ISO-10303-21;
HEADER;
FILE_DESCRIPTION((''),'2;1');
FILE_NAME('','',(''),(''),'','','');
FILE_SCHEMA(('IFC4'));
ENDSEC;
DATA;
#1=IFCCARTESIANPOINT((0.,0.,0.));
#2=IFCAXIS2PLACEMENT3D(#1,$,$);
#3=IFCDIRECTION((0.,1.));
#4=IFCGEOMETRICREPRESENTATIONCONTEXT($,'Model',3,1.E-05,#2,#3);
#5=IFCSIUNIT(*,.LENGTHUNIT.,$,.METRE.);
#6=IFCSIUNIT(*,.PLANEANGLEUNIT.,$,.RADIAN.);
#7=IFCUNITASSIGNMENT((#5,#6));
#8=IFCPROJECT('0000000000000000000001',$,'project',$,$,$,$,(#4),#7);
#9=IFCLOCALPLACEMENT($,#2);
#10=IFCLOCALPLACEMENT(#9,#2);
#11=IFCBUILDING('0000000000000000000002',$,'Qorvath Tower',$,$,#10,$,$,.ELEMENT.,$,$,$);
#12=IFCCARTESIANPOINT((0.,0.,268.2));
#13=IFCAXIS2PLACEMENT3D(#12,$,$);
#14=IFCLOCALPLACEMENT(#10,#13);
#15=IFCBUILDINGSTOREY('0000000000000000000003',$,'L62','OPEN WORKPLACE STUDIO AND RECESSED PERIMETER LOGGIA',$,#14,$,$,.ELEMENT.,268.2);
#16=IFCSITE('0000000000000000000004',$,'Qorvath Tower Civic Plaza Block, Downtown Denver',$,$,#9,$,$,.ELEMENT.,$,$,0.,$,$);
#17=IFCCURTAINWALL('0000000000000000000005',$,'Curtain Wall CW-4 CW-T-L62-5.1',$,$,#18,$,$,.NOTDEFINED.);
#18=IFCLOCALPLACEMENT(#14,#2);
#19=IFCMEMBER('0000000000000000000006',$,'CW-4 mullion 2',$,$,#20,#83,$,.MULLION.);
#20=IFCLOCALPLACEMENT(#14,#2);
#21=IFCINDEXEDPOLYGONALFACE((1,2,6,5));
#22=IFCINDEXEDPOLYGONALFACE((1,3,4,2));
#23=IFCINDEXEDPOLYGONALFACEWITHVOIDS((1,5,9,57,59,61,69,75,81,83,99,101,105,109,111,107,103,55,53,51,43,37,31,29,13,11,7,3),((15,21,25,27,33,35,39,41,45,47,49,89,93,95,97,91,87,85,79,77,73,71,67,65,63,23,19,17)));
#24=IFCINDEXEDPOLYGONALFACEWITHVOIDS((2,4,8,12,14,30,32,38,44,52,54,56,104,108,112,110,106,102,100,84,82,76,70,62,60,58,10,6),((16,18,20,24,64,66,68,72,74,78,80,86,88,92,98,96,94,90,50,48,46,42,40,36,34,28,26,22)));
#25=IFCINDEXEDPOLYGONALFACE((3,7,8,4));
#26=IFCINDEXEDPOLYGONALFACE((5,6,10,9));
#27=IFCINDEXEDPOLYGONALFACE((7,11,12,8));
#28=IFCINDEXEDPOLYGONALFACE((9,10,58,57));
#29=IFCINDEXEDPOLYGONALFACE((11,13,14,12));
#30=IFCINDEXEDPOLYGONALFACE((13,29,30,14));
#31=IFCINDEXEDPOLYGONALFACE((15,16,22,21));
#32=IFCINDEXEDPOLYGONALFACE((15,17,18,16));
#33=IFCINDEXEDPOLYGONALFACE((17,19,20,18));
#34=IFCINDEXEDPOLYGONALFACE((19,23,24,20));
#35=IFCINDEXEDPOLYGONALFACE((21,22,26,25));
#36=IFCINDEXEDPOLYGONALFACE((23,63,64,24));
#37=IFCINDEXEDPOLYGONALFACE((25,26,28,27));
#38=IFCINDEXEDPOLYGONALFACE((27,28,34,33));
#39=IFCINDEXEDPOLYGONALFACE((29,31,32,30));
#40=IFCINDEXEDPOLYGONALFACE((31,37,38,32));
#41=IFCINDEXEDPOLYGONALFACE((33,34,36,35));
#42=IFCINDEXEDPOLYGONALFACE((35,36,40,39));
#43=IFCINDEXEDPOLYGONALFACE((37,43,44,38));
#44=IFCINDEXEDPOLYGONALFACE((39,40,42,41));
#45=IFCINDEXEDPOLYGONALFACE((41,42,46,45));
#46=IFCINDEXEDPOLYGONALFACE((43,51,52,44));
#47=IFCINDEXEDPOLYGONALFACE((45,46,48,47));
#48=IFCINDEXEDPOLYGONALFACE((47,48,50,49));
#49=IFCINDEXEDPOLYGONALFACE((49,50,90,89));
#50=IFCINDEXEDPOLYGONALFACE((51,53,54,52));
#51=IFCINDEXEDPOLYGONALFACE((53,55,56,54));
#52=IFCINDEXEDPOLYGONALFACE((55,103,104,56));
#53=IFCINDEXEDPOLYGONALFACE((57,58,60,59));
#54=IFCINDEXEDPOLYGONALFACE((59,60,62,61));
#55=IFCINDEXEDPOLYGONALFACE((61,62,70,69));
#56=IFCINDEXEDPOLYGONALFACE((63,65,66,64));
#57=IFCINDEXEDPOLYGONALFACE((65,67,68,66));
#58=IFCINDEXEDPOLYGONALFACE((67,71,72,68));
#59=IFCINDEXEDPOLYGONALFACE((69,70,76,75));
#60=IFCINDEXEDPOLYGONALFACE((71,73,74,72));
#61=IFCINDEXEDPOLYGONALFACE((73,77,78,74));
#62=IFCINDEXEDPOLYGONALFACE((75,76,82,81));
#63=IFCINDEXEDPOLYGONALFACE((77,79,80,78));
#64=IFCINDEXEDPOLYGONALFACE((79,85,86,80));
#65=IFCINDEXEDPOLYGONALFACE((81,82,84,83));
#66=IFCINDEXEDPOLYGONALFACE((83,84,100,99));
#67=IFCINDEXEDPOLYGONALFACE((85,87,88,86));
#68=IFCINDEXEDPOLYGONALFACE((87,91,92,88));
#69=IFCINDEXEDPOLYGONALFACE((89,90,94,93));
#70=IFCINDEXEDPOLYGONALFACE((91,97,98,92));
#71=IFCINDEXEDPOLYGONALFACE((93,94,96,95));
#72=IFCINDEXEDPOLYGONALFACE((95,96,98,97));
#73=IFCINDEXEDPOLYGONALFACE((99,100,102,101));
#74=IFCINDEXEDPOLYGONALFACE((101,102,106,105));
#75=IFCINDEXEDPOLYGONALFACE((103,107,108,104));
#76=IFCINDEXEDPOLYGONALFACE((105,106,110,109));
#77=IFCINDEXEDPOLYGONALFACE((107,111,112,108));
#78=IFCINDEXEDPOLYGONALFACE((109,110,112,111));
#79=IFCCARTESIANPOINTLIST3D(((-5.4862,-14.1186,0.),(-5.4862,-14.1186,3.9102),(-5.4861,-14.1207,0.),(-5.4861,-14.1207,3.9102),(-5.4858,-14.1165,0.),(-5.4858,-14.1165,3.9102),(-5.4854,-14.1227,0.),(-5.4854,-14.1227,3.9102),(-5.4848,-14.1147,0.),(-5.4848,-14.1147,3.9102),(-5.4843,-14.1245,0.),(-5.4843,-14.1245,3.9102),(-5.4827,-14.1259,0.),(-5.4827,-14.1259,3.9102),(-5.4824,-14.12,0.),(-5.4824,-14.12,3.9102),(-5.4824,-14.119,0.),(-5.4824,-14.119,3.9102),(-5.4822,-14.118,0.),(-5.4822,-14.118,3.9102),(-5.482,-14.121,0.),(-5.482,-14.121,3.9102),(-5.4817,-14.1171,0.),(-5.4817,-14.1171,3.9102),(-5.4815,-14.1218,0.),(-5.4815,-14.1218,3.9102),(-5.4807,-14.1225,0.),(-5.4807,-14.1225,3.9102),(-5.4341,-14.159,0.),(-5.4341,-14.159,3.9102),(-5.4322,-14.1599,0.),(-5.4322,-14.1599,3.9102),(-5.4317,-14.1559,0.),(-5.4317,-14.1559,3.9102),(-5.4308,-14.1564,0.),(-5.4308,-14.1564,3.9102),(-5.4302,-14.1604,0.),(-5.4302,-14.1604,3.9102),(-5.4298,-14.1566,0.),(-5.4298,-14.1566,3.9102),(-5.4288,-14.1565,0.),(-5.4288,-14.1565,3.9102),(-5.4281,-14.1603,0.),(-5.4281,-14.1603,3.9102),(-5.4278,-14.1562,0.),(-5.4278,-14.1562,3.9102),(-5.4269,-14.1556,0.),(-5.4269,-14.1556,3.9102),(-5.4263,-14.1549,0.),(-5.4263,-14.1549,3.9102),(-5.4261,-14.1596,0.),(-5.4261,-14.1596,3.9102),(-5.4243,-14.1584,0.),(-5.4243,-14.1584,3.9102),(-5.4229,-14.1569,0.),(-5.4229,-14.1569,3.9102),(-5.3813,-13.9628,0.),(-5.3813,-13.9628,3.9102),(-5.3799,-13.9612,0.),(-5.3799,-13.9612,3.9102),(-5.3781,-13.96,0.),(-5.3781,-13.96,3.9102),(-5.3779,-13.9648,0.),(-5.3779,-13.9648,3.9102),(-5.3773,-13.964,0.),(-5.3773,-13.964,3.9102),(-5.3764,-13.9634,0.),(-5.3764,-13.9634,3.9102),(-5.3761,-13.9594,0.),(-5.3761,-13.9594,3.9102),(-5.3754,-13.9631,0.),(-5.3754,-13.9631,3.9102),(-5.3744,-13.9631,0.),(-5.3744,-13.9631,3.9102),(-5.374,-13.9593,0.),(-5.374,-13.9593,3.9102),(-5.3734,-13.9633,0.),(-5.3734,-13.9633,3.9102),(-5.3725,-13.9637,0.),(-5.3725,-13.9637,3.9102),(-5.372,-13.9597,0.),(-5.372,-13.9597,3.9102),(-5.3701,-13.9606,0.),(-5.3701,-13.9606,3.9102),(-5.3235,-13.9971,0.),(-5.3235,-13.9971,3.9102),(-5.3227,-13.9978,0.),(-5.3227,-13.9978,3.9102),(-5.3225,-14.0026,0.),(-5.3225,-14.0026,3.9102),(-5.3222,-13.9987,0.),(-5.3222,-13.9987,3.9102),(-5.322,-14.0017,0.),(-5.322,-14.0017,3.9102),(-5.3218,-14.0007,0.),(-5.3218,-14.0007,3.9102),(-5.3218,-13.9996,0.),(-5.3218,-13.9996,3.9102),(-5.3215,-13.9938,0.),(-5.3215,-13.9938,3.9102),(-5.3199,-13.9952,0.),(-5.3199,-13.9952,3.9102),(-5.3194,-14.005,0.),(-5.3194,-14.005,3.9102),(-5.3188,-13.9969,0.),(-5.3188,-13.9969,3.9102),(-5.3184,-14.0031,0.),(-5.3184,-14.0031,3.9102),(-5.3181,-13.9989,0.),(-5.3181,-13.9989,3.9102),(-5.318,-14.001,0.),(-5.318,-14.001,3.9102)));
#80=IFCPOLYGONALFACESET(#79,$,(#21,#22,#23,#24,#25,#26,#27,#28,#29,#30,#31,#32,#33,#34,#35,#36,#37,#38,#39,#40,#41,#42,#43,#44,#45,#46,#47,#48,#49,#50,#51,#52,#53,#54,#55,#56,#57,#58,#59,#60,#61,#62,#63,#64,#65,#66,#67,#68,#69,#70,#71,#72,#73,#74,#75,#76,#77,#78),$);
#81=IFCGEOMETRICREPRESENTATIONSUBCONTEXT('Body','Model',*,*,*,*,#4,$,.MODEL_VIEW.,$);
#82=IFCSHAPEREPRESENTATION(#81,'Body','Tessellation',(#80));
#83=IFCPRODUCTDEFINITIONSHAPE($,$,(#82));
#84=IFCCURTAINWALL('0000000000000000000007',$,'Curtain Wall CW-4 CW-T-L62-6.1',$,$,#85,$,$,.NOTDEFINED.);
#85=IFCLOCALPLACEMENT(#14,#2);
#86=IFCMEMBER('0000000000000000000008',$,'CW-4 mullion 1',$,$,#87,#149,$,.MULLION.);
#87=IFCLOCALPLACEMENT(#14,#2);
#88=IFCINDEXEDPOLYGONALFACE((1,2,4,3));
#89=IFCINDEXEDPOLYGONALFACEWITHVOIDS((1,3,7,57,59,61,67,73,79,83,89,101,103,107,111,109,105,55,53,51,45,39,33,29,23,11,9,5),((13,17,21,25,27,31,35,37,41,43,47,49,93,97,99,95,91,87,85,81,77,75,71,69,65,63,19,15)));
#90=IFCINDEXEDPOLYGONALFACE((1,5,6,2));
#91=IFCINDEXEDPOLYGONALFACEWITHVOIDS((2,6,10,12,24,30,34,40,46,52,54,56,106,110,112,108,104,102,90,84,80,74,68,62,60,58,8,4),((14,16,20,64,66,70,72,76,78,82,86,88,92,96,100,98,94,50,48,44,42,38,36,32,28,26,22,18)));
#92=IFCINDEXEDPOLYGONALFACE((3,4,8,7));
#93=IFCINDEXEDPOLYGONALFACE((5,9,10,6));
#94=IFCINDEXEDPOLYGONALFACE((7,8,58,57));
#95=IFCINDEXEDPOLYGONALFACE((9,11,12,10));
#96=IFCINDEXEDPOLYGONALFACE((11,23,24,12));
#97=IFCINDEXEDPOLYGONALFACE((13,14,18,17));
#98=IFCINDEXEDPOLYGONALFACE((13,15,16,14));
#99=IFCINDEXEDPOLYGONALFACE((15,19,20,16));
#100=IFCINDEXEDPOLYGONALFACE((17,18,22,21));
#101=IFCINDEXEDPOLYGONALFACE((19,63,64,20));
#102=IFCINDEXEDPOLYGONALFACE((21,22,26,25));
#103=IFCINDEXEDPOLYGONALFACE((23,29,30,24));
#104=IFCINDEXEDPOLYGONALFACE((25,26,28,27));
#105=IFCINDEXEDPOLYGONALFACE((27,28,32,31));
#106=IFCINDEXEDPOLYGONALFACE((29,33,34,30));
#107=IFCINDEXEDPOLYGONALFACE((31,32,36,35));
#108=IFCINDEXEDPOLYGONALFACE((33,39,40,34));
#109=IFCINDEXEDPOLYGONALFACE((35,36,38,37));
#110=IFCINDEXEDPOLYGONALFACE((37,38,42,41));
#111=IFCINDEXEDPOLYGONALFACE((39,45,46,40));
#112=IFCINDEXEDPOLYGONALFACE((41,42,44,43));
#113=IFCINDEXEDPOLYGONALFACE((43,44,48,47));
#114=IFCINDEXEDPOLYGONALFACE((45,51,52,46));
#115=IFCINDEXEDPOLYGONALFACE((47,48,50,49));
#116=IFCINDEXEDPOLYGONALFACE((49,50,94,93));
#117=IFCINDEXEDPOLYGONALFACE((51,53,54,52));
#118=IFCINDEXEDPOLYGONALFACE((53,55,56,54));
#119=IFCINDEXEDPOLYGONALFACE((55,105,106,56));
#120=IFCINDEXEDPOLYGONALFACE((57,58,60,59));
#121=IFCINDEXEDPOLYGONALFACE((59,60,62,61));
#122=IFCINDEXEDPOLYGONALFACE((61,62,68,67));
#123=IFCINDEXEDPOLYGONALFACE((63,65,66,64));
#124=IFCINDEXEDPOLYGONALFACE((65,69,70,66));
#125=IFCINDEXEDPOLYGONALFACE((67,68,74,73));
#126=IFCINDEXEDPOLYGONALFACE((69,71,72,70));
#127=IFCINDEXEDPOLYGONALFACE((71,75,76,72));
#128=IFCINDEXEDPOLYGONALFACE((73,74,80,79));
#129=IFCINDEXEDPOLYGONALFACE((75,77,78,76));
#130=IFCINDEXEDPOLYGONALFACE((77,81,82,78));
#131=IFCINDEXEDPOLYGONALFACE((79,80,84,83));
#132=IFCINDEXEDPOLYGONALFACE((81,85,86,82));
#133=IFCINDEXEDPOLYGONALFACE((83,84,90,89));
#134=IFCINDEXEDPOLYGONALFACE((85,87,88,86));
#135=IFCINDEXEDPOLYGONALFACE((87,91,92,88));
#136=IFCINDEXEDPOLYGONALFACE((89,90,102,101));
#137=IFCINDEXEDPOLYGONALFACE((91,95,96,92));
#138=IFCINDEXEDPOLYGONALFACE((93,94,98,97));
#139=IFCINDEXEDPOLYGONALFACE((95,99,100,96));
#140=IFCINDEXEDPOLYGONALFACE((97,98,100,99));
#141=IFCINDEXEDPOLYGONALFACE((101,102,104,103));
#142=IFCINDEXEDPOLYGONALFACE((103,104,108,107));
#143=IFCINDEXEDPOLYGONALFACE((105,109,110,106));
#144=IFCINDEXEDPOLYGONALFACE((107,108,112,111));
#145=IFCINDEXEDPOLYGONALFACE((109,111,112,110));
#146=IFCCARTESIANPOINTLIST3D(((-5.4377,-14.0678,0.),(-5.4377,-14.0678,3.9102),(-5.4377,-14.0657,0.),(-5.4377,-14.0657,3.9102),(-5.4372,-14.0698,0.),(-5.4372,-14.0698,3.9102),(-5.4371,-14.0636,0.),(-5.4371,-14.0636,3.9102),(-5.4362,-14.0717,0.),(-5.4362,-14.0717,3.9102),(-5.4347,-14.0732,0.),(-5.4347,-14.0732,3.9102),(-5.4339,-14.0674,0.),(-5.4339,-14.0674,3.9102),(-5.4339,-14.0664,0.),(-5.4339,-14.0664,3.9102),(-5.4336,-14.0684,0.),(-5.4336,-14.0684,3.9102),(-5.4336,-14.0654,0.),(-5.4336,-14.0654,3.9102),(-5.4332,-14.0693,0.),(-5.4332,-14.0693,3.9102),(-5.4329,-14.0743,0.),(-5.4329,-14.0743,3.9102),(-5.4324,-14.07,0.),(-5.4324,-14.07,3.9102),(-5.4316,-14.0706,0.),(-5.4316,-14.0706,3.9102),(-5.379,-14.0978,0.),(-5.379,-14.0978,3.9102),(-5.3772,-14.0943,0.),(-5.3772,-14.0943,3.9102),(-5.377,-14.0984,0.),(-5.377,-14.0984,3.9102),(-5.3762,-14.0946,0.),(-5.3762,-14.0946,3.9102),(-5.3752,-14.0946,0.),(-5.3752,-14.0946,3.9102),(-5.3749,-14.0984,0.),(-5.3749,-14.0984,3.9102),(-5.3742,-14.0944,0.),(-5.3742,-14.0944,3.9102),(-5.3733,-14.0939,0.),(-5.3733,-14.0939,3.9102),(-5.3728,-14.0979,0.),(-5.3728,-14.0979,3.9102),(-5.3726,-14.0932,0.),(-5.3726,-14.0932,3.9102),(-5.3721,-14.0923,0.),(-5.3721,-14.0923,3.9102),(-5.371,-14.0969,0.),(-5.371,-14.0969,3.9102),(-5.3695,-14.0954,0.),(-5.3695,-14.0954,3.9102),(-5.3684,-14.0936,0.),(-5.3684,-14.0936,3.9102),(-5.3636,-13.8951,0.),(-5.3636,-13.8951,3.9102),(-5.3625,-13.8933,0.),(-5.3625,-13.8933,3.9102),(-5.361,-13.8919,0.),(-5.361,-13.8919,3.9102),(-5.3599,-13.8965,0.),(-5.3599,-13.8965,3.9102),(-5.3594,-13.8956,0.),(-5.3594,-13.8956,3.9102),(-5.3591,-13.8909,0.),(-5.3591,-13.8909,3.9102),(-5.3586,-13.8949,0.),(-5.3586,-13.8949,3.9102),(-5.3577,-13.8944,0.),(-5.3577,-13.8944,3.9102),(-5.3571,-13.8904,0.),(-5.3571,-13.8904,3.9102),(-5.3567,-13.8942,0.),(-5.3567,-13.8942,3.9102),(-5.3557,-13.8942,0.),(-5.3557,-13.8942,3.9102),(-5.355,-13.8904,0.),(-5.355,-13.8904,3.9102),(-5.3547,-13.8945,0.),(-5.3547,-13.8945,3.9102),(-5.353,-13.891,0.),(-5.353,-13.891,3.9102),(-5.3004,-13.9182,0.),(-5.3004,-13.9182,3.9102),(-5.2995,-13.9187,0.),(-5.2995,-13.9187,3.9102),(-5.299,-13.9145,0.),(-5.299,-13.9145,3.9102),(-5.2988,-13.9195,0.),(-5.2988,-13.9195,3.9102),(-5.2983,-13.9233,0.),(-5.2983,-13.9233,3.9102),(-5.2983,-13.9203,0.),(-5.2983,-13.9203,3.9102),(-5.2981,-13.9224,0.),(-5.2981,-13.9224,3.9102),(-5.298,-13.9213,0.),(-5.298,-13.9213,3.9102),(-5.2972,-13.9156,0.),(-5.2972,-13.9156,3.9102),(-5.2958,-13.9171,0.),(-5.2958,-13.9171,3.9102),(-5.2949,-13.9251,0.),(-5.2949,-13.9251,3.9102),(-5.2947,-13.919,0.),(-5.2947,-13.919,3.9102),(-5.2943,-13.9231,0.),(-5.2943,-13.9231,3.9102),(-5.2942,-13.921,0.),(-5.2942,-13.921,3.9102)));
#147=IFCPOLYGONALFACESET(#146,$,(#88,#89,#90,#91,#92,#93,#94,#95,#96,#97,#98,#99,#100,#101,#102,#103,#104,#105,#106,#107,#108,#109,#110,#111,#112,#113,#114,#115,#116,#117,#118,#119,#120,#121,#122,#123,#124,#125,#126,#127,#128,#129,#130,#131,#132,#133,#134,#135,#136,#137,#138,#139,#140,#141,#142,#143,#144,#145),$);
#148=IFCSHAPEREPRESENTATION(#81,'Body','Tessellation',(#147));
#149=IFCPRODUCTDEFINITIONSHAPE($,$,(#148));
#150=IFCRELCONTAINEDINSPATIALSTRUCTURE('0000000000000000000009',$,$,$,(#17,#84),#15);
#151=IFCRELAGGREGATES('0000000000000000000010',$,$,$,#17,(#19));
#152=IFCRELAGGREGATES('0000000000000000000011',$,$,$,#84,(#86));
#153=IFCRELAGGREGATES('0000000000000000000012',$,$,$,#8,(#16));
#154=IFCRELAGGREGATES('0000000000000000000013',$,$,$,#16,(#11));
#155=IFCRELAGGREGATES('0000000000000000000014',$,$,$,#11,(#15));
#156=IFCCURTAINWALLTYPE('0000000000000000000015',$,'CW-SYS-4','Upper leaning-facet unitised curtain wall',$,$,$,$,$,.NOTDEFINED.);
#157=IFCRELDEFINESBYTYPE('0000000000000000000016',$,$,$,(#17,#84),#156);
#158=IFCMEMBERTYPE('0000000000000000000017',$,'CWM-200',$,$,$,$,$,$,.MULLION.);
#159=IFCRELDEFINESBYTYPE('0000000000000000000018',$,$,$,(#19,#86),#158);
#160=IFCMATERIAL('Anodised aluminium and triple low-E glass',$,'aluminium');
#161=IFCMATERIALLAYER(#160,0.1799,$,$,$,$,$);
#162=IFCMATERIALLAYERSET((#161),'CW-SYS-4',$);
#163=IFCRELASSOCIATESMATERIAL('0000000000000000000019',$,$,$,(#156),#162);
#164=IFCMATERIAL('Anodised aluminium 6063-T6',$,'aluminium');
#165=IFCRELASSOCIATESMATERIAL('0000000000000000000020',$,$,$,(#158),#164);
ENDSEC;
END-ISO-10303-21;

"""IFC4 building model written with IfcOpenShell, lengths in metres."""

from ifc_helpers import new_model, si_unit, direction, frame, origin, origin_2d, place, context, subcontext, project, spatial, hollow_rectangle, extrude, material, layer, layer_set, material_profile, profile_set, type_object, element, aggregate, save


model = new_model("IFC4")

# Units and contexts
model_context = context("Model", 3, precision=1e-05, world=origin(), true_north=direction((0.0, 1.0)))
body_context = subcontext(model_context, "Body", "Model", "MODEL_VIEW")
ifc_project = project(units=[si_unit("LENGTHUNIT", "METRE"), si_unit("PLANEANGLEUNIT", "RADIAN")], contexts=[model_context])

# Site, building, storey
site_placement = place(None, origin())
site = spatial("IfcSite", under=ifc_project, at=site_placement, Name="Qorvath Tower Civic Plaza Block, Downtown Denver", CompositionType="ELEMENT", RefElevation=0.0)
building_placement = place(site_placement, origin())
building = spatial("IfcBuilding", under=site, at=building_placement, Name="Qorvath Tower", CompositionType="ELEMENT")
storey_placement = place(building_placement, frame((0.0, 0.0, 268.2)))
storey = spatial("IfcBuildingStorey", under=building, at=storey_placement, Name="L62", Description="OPEN WORKPLACE STUDIO AND RECESSED PERIMETER LOGGIA", CompositionType="ELEMENT", Elevation=268.2)

# Curtain wall, member
ifc_material_1 = material(Name="Anodised aluminium and triple low-E glass", Category="aluminium")
ifc_layer_1 = layer(ifc_material_1, 0.1799)
ifc_layer_set_1 = layer_set([ifc_layer_1], Name="CW-SYS-4")
curtain_wall_type = type_object("IfcCurtainWallType", Name="CW-SYS-4", Description="Upper leaning-facet unitised curtain wall", PredefinedType="NOTDEFINED", material=ifc_layer_set_1)
curtain_wall_1_placement = place(storey_placement, origin())
curtain_wall_1 = element("IfcCurtainWall", 1, at=curtain_wall_1_placement, inside=storey, type_object=curtain_wall_type, Name="Curtain Wall CW-4 CW-T-L62-5.1", PredefinedType="NOTDEFINED")
ifc_material_2 = material(Name="Anodised aluminium 6063-T6", Category="aluminium")
ifc_material_profile_1 = material_profile(ifc_material_2, hollow_rectangle(XDim=0.075, YDim=0.2, WallThickness=0.0039, InnerFilletRadius=0.0039, OuterFilletRadius=0.0081, at=origin_2d()), Name="CWM 200x75")
ifc_profile_set_1 = profile_set([ifc_material_profile_1], Name="Anodised aluminium 6063-T6")
member_type_1 = type_object("IfcMemberType", Name="CWM-200", PredefinedType="MULLION", material=ifc_profile_set_1)
member_1_placement = place(storey_placement, frame((-5.4021, -14.0598, 0.0), z_axis=(0.0, 0.0, 1.0), x_axis=(-0.826319, 0.563203, 0.0)))
member_1 = element("IfcMember", 2, at=member_1_placement, type_object=member_type_1, Name="CW-4 mullion 2", PredefinedType="MULLION", context=body_context, shape_type="SweptSolid", body=[
    extrude(hollow_rectangle(XDim=0.075, YDim=0.2, WallThickness=0.0039, InnerFilletRadius=0.0039, OuterFilletRadius=0.0081, at=origin_2d()), origin(), (0.0, 0.0, 1.0), 3.9102),
])
aggregate(curtain_wall_1, [member_1])

# Curtain wall, member
curtain_wall_2_placement = place(storey_placement, origin())
curtain_wall_2 = element("IfcCurtainWall", 3, at=curtain_wall_2_placement, inside=storey, type_object=curtain_wall_type, Name="Curtain Wall CW-4 CW-T-L62-6.1", PredefinedType="NOTDEFINED")
member_2_placement = place(storey_placement, frame((-5.366, -13.9944, 0.0), z_axis=(0.0, 0.0, 1.0), x_axis=(-0.916559, 0.3999, 0.0)))
member_2 = element("IfcMember", 4, at=member_2_placement, type_object=member_type_1, Name="CW-4 mullion 1", PredefinedType="MULLION", context=body_context, shape_type="SweptSolid", body=[
    extrude(hollow_rectangle(XDim=0.075, YDim=0.2, WallThickness=0.0039, InnerFilletRadius=0.0039, OuterFilletRadius=0.0081, at=origin_2d()), origin(), (0.0, 0.0, 1.0), 3.9102),
])

aggregate(curtain_wall_2, [member_2])

save(model, "model.ifc")
